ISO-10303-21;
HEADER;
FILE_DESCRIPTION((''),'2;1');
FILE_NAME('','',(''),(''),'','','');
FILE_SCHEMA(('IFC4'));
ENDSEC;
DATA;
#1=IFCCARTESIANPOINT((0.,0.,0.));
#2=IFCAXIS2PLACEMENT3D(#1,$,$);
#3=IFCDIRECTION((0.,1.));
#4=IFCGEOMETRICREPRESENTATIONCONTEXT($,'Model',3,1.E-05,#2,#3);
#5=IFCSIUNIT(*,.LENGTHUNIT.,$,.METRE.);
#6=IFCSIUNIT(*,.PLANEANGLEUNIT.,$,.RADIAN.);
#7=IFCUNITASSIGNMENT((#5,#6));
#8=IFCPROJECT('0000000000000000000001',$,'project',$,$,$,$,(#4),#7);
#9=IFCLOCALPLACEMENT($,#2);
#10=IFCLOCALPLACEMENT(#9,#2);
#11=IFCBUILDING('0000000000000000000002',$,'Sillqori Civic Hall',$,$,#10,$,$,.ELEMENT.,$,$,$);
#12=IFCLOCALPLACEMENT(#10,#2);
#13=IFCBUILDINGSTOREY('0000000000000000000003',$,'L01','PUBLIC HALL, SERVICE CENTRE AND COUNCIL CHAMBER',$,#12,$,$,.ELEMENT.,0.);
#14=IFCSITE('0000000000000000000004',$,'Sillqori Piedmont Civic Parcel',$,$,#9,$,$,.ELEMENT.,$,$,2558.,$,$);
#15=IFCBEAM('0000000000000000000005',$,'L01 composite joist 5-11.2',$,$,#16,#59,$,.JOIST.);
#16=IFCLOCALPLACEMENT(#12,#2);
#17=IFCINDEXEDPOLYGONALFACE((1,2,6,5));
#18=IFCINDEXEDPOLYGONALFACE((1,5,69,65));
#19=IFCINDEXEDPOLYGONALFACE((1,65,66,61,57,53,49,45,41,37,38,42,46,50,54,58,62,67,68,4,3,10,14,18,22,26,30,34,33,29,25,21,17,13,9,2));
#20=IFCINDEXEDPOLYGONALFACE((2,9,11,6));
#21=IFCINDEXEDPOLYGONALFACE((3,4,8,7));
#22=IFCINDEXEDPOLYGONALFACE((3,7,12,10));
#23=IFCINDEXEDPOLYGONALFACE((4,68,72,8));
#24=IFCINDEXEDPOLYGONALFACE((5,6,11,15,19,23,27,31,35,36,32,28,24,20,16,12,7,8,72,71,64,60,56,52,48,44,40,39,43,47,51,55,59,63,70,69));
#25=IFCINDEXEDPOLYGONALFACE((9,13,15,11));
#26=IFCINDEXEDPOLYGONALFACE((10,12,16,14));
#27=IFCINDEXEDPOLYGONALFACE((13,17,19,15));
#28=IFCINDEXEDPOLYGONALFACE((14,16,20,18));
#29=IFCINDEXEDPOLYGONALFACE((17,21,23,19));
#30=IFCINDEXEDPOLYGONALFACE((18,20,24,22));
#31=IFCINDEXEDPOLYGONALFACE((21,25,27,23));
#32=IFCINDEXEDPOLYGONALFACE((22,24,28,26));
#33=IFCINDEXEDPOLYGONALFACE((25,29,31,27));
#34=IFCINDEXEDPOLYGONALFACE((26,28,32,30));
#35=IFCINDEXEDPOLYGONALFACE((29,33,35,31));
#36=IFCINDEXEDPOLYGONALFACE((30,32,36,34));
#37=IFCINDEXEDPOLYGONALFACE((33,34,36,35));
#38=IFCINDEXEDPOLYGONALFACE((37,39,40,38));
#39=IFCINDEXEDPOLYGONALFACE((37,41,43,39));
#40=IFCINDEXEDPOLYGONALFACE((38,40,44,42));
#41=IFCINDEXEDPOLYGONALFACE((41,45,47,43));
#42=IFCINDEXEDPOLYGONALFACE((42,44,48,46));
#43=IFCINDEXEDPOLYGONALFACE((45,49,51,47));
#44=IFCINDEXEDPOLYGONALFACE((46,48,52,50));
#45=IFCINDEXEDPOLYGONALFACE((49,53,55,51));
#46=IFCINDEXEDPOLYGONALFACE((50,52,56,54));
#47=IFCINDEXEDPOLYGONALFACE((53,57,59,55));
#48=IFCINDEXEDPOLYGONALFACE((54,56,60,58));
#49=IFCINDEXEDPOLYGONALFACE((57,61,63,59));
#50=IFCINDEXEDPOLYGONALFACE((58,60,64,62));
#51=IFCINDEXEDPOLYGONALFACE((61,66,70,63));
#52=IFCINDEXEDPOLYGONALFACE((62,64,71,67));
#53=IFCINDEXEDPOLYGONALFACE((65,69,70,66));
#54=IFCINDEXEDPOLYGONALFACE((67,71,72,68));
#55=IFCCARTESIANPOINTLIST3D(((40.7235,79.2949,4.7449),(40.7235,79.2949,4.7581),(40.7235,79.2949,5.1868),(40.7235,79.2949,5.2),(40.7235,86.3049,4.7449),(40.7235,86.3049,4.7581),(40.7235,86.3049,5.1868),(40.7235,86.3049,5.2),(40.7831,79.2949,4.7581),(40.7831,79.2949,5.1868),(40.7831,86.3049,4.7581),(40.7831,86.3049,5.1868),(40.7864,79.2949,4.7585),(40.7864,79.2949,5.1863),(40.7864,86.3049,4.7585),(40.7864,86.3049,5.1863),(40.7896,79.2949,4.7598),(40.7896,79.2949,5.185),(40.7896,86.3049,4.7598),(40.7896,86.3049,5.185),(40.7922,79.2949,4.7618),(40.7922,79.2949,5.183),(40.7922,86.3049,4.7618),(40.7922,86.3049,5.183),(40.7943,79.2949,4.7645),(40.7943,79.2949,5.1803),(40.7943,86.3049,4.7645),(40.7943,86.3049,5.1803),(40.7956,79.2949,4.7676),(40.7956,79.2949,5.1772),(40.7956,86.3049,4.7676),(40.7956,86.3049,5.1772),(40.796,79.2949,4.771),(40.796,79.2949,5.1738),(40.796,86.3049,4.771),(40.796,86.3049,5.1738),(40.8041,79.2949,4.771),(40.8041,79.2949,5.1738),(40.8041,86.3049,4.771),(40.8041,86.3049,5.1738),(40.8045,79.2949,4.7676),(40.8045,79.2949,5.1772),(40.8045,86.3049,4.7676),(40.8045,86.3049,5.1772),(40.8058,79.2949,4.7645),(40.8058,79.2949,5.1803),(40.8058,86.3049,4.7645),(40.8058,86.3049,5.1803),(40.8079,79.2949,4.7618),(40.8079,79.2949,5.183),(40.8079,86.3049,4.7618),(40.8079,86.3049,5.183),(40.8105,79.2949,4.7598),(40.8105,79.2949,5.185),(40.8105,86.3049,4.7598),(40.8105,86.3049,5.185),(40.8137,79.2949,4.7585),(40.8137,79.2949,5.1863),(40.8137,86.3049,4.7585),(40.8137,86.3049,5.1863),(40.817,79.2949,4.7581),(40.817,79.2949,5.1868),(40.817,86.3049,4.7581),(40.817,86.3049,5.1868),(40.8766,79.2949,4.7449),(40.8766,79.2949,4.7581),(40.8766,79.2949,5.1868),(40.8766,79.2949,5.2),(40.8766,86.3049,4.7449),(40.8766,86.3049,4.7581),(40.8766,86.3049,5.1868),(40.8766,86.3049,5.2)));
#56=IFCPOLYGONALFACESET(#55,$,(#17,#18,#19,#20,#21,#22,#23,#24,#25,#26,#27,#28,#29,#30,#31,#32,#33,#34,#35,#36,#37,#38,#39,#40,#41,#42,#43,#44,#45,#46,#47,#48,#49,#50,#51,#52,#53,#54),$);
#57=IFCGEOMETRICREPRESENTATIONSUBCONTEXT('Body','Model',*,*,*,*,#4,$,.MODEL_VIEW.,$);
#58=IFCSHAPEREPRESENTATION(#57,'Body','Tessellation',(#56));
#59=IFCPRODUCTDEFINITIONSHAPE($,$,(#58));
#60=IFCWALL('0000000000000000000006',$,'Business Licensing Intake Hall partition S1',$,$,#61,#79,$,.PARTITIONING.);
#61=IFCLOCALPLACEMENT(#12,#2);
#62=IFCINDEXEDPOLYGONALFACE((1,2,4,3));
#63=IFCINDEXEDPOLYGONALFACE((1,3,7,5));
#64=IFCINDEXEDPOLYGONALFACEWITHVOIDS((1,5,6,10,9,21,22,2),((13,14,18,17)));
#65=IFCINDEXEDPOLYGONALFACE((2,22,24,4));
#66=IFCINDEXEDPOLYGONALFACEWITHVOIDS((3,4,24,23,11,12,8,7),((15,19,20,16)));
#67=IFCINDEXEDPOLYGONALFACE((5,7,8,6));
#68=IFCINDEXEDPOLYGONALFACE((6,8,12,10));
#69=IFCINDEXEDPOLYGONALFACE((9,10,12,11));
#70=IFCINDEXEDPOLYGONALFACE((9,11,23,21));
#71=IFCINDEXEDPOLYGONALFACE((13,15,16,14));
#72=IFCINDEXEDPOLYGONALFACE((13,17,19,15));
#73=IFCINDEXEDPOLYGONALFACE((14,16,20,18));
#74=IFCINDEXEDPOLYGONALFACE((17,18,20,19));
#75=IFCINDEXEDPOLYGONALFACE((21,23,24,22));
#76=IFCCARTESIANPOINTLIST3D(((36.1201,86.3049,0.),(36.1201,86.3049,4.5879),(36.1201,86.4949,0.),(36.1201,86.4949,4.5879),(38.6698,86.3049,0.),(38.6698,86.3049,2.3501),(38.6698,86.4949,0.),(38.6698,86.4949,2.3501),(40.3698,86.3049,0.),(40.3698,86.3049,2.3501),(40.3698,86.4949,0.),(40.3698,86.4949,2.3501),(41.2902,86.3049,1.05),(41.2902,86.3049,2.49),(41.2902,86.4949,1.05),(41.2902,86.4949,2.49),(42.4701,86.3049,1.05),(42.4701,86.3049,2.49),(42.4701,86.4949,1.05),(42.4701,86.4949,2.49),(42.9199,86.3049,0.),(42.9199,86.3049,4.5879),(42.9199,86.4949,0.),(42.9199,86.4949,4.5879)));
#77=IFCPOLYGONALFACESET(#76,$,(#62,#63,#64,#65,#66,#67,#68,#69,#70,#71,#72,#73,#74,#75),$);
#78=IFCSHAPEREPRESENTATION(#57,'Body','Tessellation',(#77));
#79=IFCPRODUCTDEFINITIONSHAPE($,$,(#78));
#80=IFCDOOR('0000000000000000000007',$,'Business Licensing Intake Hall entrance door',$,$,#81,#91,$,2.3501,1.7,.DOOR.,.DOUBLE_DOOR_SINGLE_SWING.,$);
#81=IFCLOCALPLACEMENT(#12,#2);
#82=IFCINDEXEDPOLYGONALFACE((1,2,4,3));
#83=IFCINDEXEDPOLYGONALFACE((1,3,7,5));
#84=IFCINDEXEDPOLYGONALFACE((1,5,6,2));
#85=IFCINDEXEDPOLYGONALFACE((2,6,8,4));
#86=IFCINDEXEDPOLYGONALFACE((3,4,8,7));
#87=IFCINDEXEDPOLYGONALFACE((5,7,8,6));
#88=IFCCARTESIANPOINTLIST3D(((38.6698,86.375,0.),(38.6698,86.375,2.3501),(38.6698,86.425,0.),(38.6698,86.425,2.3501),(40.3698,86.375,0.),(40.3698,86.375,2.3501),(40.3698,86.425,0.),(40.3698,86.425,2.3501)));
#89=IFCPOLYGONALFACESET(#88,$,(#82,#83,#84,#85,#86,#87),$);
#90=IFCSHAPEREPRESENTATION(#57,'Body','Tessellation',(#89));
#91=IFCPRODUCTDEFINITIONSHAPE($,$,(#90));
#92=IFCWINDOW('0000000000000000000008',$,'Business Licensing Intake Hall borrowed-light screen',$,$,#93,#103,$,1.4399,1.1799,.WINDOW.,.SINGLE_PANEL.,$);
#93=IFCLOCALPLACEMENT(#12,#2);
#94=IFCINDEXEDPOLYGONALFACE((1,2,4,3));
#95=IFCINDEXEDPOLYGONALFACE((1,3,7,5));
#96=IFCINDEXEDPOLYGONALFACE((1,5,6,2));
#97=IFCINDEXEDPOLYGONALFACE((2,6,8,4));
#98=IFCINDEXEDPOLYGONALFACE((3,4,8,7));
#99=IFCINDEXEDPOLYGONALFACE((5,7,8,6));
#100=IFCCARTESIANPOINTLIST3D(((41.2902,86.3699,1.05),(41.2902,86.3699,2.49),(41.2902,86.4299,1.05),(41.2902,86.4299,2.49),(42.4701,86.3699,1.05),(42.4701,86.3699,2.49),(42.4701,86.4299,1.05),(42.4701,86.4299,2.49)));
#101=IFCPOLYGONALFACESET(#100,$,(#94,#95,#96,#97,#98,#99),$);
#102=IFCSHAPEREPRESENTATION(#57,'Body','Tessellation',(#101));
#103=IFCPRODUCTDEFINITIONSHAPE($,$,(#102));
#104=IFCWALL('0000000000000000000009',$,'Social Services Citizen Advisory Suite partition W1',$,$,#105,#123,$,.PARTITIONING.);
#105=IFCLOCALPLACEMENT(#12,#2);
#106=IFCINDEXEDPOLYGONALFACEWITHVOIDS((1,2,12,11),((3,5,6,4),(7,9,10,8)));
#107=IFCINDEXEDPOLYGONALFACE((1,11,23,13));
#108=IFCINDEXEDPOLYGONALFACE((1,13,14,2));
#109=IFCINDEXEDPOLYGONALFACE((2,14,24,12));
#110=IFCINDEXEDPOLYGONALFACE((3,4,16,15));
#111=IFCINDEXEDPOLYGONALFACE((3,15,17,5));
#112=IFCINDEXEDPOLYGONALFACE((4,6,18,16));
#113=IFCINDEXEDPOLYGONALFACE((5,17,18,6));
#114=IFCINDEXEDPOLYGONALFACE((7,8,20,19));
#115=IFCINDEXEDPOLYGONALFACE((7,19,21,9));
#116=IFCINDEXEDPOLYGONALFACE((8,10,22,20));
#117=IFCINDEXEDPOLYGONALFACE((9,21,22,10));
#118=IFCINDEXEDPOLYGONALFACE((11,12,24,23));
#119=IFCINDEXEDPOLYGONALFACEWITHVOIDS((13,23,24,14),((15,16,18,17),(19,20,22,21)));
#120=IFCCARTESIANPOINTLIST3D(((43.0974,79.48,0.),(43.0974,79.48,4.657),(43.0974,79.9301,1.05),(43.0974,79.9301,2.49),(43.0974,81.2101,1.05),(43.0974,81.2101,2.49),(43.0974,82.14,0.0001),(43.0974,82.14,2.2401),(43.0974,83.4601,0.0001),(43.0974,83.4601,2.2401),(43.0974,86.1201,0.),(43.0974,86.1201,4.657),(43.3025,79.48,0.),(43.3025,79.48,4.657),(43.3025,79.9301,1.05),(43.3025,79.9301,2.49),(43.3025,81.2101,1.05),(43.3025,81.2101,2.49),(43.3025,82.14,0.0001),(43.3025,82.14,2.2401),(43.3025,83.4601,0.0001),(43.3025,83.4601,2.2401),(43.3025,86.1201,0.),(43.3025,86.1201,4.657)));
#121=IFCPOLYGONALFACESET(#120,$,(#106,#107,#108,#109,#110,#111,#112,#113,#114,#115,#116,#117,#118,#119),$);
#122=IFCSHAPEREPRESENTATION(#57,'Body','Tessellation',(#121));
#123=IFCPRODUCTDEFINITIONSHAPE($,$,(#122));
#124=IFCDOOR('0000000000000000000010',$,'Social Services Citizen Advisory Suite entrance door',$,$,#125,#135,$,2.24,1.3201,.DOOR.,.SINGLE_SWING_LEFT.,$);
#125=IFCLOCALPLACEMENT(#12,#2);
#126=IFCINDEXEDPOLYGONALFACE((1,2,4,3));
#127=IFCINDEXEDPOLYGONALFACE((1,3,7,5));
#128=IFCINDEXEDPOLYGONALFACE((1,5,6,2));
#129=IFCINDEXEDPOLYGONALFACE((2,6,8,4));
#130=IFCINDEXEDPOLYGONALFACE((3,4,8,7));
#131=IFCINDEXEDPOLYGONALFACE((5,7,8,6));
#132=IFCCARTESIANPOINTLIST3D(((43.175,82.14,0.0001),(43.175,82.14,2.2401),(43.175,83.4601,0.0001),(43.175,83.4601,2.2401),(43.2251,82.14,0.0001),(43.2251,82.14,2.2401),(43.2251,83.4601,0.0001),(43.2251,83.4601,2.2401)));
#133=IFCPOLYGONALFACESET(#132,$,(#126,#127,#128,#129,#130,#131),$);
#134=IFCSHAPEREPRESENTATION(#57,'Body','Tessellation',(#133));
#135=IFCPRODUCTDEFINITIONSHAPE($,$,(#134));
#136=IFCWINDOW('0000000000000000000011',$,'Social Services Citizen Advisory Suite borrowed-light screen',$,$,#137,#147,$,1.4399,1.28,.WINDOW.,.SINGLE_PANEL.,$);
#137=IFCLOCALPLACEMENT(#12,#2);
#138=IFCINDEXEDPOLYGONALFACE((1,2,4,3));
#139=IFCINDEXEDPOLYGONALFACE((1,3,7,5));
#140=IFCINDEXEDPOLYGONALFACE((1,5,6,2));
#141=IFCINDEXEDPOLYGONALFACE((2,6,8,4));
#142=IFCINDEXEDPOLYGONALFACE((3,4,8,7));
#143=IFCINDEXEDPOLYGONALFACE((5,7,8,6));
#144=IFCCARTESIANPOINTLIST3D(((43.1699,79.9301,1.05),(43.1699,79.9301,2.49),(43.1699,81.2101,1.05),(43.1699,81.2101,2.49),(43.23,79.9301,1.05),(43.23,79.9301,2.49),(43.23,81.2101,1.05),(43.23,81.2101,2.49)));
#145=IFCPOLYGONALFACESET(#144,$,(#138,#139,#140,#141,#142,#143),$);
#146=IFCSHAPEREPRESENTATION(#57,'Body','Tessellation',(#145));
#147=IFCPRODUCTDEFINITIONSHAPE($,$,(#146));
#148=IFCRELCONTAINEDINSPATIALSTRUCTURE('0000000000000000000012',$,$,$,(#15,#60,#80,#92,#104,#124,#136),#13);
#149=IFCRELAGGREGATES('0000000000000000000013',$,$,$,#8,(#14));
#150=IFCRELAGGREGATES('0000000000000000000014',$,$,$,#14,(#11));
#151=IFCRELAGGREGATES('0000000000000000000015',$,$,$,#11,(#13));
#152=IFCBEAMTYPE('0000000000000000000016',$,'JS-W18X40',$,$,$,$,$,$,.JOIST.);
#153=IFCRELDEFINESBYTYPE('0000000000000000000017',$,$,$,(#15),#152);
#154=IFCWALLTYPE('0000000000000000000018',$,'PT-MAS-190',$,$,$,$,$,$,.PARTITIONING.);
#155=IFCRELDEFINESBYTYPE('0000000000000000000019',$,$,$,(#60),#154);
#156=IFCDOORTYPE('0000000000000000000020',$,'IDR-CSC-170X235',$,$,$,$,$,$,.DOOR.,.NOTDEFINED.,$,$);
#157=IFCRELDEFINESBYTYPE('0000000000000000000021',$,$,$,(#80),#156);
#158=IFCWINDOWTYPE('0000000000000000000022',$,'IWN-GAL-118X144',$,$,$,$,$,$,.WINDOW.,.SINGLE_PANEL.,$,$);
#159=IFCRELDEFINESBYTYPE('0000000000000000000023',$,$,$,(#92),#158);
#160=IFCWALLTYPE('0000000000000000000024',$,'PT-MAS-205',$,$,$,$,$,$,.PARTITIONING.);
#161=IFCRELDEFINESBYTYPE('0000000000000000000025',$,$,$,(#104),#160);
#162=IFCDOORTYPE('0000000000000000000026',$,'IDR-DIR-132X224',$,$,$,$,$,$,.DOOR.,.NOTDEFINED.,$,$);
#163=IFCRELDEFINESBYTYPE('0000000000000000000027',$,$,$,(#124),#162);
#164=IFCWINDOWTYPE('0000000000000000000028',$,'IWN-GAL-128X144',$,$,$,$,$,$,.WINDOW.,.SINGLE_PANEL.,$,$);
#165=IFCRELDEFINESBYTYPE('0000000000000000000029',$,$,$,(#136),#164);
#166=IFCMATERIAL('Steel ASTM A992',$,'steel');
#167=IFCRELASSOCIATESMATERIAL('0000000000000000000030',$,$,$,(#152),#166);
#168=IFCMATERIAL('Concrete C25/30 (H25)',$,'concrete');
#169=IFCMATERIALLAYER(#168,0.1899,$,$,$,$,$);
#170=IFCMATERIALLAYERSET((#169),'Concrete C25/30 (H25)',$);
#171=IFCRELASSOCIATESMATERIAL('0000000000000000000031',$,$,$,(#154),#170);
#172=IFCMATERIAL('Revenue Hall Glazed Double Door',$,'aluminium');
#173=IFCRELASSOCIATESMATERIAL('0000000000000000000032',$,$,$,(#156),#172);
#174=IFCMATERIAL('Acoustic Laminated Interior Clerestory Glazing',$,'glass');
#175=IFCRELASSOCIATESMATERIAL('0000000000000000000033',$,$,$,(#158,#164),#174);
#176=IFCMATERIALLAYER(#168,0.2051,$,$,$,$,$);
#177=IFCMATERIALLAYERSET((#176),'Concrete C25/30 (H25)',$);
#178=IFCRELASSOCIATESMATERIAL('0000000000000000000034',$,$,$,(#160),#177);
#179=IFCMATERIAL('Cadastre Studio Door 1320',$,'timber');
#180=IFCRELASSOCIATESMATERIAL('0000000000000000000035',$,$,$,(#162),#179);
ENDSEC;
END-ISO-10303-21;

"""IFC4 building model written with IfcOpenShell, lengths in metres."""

from ifc_helpers import new_model, si_unit, direction, frame, frame_2d, origin, origin_2d, place, context, subcontext, project, spatial, rectangle, i_section, extrude, material, layer, layer_set, material_profile, profile_set, type_object, element, fill, save


model = new_model("IFC4")

# Units and contexts
model_context = context("Model", 3, precision=1e-05, world=origin(), true_north=direction((0.0, 1.0)))
body_context = subcontext(model_context, "Body", "Model", "MODEL_VIEW")
ifc_project = project(units=[si_unit("LENGTHUNIT", "METRE"), si_unit("PLANEANGLEUNIT", "RADIAN")], contexts=[model_context])

# Site, building, storey
site_placement = place(None, origin())
site = spatial("IfcSite", under=ifc_project, at=site_placement, Name="Sillqori Piedmont Civic Parcel", CompositionType="ELEMENT", RefElevation=2558.0)
building_placement = place(site_placement, origin())
building = spatial("IfcBuilding", under=site, at=building_placement, Name="Sillqori Civic Hall", CompositionType="ELEMENT")
storey_placement = place(building_placement, origin())
storey = spatial("IfcBuildingStorey", under=building, at=storey_placement, Name="L01", Description="PUBLIC HALL, SERVICE CENTRE AND COUNCIL CHAMBER", CompositionType="ELEMENT", Elevation=0.0)

# Shared definitions
ifc_material_1 = material(Name="Steel ASTM A992", Category="steel")

# Beam
ifc_material_profile_1 = material_profile(ifc_material_1, i_section(OverallWidth=0.1531, OverallDepth=0.4551, WebThickness=0.0081, FlangeThickness=0.0132, FilletRadius=0.0129, at=origin_2d()), Name="W18X40")
ifc_profile_set_1 = profile_set([ifc_material_profile_1], Name="Steel ASTM A992")
beam_type_1 = type_object("IfcBeamType", Name="JS-W18X40", PredefinedType="JOIST", material=ifc_profile_set_1)
for number, where, z_axis, x_axis, name in (
    (1, (40.8, 79.2949, 4.9724), (0.0, 1.0, 0.0), (-1.0, 0.0, 0.0), "L01 composite joist 5-11.2"),
):
    element("IfcBeam", number, at=place(storey_placement, frame(where, z_axis=z_axis, x_axis=x_axis)), inside=storey, type_object=beam_type_1, Name=name, PredefinedType="JOIST", context=body_context, shape_type="SweptSolid", body=[
        extrude(i_section(OverallWidth=0.1531, OverallDepth=0.4551, WebThickness=0.0081, FlangeThickness=0.0132, FilletRadius=0.0129, at=origin_2d()), origin(), (0.0, 0.0, 1.0), 7.01),
    ])

# Walls, openings, doors, windows
ifc_material_2 = material(Name="Concrete C25/30 (H25)", Category="concrete")
ifc_layer_1 = layer(ifc_material_2, 0.1899)
ifc_layer_set_1 = layer_set([ifc_layer_1], Name="Concrete C25/30 (H25)")
wall_type_1 = type_object("IfcWallType", Name="PT-MAS-190", PredefinedType="PARTITIONING", material=ifc_layer_set_1)
wall_1_placement = place(storey_placement, frame((42.9199, 86.3999, 0.0), z_axis=(0.0, 0.0, 1.0), x_axis=(-1.0, 0.0, 0.0)))
wall_1 = element("IfcWall", 2, at=wall_1_placement, inside=storey, type_object=wall_type_1, Name="Business Licensing Intake Hall partition S1", PredefinedType="PARTITIONING", context=body_context, shape_type="SweptSolid", body=[
    extrude(rectangle(XDim=6.7998, YDim=0.1899, at=frame_2d((3.3999, 0.0))), origin(), (0.0, 0.0, 1.0), 4.5879),
])
opening_1_placement = place(wall_1_placement, frame((2.55, 0.0, 0.0)))
opening_1 = element("IfcOpeningElement", 3, at=opening_1_placement, cuts=wall_1, PredefinedType="OPENING", context=body_context, shape_type="SweptSolid", body=[
    extrude(rectangle(XDim=1.7, YDim=2.3501, at=frame_2d((0.8501, 1.175))), frame((0.0, 0.105, 0.0), z_axis=(0.0, -1.0, 0.0), x_axis=(1.0, 0.0, 0.0)), (0.0, 0.0, 1.0), 0.21),
])
opening_2_placement = place(wall_1_placement, frame((0.45, 0.0, 1.05)))
opening_2 = element("IfcOpeningElement", 4, at=opening_2_placement, cuts=wall_1, PredefinedType="OPENING", context=body_context, shape_type="SweptSolid", body=[
    extrude(rectangle(XDim=1.1799, YDim=1.4399, at=frame_2d((0.5898, 0.72))), frame((0.0, 0.105, 0.0), z_axis=(0.0, -1.0, 0.0), x_axis=(1.0, 0.0, 0.0)), (0.0, 0.0, 1.0), 0.21),
])
ifc_material_3 = material(Name="Revenue Hall Glazed Double Door", Category="aluminium")
door_type_1 = type_object("IfcDoorType", Name="IDR-CSC-170X235", OperationType="NOTDEFINED", PredefinedType="DOOR", material=ifc_material_3)
door_1_placement = place(opening_1_placement, origin())
door_1 = element("IfcDoor", 5, at=door_1_placement, inside=storey, type_object=door_type_1, Name="Business Licensing Intake Hall entrance door", OperationType="DOUBLE_DOOR_SINGLE_SWING", OverallHeight=2.3501, OverallWidth=1.7, PredefinedType="DOOR", context=body_context, shape_type="SweptSolid", body=[
    extrude(rectangle(XDim=1.7, YDim=2.3501, at=frame_2d((0.8501, 1.175))), frame((0.0, 0.0249, 0.0), z_axis=(0.0, -1.0, 0.0), x_axis=(1.0, 0.0, 0.0)), (0.0, 0.0, 1.0), 0.05),
])
fill(opening_1, door_1)
ifc_material_4 = material(Name="Acoustic Laminated Interior Clerestory Glazing", Category="glass")
window_type_1 = type_object("IfcWindowType", Name="IWN-GAL-118X144", PartitioningType="SINGLE_PANEL", PredefinedType="WINDOW", material=ifc_material_4)
window_1_placement = place(opening_2_placement, origin())
window_1 = element("IfcWindow", 6, at=window_1_placement, inside=storey, type_object=window_type_1, Name="Business Licensing Intake Hall borrowed-light screen", OverallHeight=1.4399, OverallWidth=1.1799, PartitioningType="SINGLE_PANEL", PredefinedType="WINDOW", context=body_context, shape_type="SweptSolid", body=[
    extrude(rectangle(XDim=1.1799, YDim=1.4399, at=frame_2d((0.5898, 0.72))), frame((0.0, 0.03, 0.0), z_axis=(0.0, -1.0, 0.0), x_axis=(1.0, 0.0, 0.0)), (0.0, 0.0, 1.0), 0.0601),
])
fill(opening_2, window_1)
ifc_layer_2 = layer(ifc_material_2, 0.2051)
ifc_layer_set_2 = layer_set([ifc_layer_2], Name="Concrete C25/30 (H25)")
wall_type_2 = type_object("IfcWallType", Name="PT-MAS-205", PredefinedType="PARTITIONING", material=ifc_layer_set_2)
wall_2_placement = place(storey_placement, frame((43.2, 79.48, 0.0), z_axis=(0.0, 0.0, 1.0), x_axis=(0.0, 1.0, 0.0)))
wall_2 = element("IfcWall", 7, at=wall_2_placement, inside=storey, type_object=wall_type_2, Name="Social Services Citizen Advisory Suite partition W1", PredefinedType="PARTITIONING", context=body_context, shape_type="SweptSolid", body=[
    extrude(rectangle(XDim=6.6401, YDim=0.2051, at=frame_2d((3.3201, 0.0))), origin(), (0.0, 0.0, 1.0), 4.657),
])
opening_3_placement = place(wall_2_placement, frame((2.6599, 0.0, 0.0)))
opening_3 = element("IfcOpeningElement", 8, at=opening_3_placement, cuts=wall_2, PredefinedType="OPENING", context=body_context, shape_type="SweptSolid", body=[
    extrude(rectangle(XDim=1.3201, YDim=2.24, at=frame_2d((0.6602, 1.1201))), frame((0.0, 0.1125, 0.0), z_axis=(0.0, -1.0, 0.0), x_axis=(1.0, 0.0, 0.0)), (0.0, 0.0, 1.0), 0.2251),
])
opening_4_placement = place(wall_2_placement, frame((0.45, 0.0, 1.05)))
opening_4 = element("IfcOpeningElement", 9, at=opening_4_placement, cuts=wall_2, PredefinedType="OPENING", context=body_context, shape_type="SweptSolid", body=[
    extrude(rectangle(XDim=1.28, YDim=1.4399, at=frame_2d((0.6401, 0.72))), frame((0.0, 0.1125, 0.0), z_axis=(0.0, -1.0, 0.0), x_axis=(1.0, 0.0, 0.0)), (0.0, 0.0, 1.0), 0.2251),
])
ifc_material_5 = material(Name="Cadastre Studio Door 1320", Category="timber")
door_type_2 = type_object("IfcDoorType", Name="IDR-DIR-132X224", OperationType="NOTDEFINED", PredefinedType="DOOR", material=ifc_material_5)
door_2_placement = place(opening_3_placement, origin())
door_2 = element("IfcDoor", 10, at=door_2_placement, inside=storey, type_object=door_type_2, Name="Social Services Citizen Advisory Suite entrance door", OperationType="SINGLE_SWING_LEFT", OverallHeight=2.24, OverallWidth=1.3201, PredefinedType="DOOR", context=body_context, shape_type="SweptSolid", body=[
    extrude(rectangle(XDim=1.3201, YDim=2.24, at=frame_2d((0.6602, 1.1201))), frame((0.0, 0.0249, 0.0), z_axis=(0.0, -1.0, 0.0), x_axis=(1.0, 0.0, 0.0)), (0.0, 0.0, 1.0), 0.05),
])
fill(opening_3, door_2)
window_type_2 = type_object("IfcWindowType", Name="IWN-GAL-128X144", PartitioningType="SINGLE_PANEL", PredefinedType="WINDOW", material=ifc_material_4)
window_2_placement = place(opening_4_placement, origin())
window_2 = element("IfcWindow", 11, at=window_2_placement, inside=storey, type_object=window_type_2, Name="Social Services Citizen Advisory Suite borrowed-light screen", OverallHeight=1.4399, OverallWidth=1.28, PartitioningType="SINGLE_PANEL", PredefinedType="WINDOW", context=body_context, shape_type="SweptSolid", body=[
    extrude(rectangle(XDim=1.28, YDim=1.4399, at=frame_2d((0.6401, 0.72))), frame((0.0, 0.03, 0.0), z_axis=(0.0, -1.0, 0.0), x_axis=(1.0, 0.0, 0.0)), (0.0, 0.0, 1.0), 0.0601),
])
fill(opening_4, window_2)

save(model, "model.ifc")
